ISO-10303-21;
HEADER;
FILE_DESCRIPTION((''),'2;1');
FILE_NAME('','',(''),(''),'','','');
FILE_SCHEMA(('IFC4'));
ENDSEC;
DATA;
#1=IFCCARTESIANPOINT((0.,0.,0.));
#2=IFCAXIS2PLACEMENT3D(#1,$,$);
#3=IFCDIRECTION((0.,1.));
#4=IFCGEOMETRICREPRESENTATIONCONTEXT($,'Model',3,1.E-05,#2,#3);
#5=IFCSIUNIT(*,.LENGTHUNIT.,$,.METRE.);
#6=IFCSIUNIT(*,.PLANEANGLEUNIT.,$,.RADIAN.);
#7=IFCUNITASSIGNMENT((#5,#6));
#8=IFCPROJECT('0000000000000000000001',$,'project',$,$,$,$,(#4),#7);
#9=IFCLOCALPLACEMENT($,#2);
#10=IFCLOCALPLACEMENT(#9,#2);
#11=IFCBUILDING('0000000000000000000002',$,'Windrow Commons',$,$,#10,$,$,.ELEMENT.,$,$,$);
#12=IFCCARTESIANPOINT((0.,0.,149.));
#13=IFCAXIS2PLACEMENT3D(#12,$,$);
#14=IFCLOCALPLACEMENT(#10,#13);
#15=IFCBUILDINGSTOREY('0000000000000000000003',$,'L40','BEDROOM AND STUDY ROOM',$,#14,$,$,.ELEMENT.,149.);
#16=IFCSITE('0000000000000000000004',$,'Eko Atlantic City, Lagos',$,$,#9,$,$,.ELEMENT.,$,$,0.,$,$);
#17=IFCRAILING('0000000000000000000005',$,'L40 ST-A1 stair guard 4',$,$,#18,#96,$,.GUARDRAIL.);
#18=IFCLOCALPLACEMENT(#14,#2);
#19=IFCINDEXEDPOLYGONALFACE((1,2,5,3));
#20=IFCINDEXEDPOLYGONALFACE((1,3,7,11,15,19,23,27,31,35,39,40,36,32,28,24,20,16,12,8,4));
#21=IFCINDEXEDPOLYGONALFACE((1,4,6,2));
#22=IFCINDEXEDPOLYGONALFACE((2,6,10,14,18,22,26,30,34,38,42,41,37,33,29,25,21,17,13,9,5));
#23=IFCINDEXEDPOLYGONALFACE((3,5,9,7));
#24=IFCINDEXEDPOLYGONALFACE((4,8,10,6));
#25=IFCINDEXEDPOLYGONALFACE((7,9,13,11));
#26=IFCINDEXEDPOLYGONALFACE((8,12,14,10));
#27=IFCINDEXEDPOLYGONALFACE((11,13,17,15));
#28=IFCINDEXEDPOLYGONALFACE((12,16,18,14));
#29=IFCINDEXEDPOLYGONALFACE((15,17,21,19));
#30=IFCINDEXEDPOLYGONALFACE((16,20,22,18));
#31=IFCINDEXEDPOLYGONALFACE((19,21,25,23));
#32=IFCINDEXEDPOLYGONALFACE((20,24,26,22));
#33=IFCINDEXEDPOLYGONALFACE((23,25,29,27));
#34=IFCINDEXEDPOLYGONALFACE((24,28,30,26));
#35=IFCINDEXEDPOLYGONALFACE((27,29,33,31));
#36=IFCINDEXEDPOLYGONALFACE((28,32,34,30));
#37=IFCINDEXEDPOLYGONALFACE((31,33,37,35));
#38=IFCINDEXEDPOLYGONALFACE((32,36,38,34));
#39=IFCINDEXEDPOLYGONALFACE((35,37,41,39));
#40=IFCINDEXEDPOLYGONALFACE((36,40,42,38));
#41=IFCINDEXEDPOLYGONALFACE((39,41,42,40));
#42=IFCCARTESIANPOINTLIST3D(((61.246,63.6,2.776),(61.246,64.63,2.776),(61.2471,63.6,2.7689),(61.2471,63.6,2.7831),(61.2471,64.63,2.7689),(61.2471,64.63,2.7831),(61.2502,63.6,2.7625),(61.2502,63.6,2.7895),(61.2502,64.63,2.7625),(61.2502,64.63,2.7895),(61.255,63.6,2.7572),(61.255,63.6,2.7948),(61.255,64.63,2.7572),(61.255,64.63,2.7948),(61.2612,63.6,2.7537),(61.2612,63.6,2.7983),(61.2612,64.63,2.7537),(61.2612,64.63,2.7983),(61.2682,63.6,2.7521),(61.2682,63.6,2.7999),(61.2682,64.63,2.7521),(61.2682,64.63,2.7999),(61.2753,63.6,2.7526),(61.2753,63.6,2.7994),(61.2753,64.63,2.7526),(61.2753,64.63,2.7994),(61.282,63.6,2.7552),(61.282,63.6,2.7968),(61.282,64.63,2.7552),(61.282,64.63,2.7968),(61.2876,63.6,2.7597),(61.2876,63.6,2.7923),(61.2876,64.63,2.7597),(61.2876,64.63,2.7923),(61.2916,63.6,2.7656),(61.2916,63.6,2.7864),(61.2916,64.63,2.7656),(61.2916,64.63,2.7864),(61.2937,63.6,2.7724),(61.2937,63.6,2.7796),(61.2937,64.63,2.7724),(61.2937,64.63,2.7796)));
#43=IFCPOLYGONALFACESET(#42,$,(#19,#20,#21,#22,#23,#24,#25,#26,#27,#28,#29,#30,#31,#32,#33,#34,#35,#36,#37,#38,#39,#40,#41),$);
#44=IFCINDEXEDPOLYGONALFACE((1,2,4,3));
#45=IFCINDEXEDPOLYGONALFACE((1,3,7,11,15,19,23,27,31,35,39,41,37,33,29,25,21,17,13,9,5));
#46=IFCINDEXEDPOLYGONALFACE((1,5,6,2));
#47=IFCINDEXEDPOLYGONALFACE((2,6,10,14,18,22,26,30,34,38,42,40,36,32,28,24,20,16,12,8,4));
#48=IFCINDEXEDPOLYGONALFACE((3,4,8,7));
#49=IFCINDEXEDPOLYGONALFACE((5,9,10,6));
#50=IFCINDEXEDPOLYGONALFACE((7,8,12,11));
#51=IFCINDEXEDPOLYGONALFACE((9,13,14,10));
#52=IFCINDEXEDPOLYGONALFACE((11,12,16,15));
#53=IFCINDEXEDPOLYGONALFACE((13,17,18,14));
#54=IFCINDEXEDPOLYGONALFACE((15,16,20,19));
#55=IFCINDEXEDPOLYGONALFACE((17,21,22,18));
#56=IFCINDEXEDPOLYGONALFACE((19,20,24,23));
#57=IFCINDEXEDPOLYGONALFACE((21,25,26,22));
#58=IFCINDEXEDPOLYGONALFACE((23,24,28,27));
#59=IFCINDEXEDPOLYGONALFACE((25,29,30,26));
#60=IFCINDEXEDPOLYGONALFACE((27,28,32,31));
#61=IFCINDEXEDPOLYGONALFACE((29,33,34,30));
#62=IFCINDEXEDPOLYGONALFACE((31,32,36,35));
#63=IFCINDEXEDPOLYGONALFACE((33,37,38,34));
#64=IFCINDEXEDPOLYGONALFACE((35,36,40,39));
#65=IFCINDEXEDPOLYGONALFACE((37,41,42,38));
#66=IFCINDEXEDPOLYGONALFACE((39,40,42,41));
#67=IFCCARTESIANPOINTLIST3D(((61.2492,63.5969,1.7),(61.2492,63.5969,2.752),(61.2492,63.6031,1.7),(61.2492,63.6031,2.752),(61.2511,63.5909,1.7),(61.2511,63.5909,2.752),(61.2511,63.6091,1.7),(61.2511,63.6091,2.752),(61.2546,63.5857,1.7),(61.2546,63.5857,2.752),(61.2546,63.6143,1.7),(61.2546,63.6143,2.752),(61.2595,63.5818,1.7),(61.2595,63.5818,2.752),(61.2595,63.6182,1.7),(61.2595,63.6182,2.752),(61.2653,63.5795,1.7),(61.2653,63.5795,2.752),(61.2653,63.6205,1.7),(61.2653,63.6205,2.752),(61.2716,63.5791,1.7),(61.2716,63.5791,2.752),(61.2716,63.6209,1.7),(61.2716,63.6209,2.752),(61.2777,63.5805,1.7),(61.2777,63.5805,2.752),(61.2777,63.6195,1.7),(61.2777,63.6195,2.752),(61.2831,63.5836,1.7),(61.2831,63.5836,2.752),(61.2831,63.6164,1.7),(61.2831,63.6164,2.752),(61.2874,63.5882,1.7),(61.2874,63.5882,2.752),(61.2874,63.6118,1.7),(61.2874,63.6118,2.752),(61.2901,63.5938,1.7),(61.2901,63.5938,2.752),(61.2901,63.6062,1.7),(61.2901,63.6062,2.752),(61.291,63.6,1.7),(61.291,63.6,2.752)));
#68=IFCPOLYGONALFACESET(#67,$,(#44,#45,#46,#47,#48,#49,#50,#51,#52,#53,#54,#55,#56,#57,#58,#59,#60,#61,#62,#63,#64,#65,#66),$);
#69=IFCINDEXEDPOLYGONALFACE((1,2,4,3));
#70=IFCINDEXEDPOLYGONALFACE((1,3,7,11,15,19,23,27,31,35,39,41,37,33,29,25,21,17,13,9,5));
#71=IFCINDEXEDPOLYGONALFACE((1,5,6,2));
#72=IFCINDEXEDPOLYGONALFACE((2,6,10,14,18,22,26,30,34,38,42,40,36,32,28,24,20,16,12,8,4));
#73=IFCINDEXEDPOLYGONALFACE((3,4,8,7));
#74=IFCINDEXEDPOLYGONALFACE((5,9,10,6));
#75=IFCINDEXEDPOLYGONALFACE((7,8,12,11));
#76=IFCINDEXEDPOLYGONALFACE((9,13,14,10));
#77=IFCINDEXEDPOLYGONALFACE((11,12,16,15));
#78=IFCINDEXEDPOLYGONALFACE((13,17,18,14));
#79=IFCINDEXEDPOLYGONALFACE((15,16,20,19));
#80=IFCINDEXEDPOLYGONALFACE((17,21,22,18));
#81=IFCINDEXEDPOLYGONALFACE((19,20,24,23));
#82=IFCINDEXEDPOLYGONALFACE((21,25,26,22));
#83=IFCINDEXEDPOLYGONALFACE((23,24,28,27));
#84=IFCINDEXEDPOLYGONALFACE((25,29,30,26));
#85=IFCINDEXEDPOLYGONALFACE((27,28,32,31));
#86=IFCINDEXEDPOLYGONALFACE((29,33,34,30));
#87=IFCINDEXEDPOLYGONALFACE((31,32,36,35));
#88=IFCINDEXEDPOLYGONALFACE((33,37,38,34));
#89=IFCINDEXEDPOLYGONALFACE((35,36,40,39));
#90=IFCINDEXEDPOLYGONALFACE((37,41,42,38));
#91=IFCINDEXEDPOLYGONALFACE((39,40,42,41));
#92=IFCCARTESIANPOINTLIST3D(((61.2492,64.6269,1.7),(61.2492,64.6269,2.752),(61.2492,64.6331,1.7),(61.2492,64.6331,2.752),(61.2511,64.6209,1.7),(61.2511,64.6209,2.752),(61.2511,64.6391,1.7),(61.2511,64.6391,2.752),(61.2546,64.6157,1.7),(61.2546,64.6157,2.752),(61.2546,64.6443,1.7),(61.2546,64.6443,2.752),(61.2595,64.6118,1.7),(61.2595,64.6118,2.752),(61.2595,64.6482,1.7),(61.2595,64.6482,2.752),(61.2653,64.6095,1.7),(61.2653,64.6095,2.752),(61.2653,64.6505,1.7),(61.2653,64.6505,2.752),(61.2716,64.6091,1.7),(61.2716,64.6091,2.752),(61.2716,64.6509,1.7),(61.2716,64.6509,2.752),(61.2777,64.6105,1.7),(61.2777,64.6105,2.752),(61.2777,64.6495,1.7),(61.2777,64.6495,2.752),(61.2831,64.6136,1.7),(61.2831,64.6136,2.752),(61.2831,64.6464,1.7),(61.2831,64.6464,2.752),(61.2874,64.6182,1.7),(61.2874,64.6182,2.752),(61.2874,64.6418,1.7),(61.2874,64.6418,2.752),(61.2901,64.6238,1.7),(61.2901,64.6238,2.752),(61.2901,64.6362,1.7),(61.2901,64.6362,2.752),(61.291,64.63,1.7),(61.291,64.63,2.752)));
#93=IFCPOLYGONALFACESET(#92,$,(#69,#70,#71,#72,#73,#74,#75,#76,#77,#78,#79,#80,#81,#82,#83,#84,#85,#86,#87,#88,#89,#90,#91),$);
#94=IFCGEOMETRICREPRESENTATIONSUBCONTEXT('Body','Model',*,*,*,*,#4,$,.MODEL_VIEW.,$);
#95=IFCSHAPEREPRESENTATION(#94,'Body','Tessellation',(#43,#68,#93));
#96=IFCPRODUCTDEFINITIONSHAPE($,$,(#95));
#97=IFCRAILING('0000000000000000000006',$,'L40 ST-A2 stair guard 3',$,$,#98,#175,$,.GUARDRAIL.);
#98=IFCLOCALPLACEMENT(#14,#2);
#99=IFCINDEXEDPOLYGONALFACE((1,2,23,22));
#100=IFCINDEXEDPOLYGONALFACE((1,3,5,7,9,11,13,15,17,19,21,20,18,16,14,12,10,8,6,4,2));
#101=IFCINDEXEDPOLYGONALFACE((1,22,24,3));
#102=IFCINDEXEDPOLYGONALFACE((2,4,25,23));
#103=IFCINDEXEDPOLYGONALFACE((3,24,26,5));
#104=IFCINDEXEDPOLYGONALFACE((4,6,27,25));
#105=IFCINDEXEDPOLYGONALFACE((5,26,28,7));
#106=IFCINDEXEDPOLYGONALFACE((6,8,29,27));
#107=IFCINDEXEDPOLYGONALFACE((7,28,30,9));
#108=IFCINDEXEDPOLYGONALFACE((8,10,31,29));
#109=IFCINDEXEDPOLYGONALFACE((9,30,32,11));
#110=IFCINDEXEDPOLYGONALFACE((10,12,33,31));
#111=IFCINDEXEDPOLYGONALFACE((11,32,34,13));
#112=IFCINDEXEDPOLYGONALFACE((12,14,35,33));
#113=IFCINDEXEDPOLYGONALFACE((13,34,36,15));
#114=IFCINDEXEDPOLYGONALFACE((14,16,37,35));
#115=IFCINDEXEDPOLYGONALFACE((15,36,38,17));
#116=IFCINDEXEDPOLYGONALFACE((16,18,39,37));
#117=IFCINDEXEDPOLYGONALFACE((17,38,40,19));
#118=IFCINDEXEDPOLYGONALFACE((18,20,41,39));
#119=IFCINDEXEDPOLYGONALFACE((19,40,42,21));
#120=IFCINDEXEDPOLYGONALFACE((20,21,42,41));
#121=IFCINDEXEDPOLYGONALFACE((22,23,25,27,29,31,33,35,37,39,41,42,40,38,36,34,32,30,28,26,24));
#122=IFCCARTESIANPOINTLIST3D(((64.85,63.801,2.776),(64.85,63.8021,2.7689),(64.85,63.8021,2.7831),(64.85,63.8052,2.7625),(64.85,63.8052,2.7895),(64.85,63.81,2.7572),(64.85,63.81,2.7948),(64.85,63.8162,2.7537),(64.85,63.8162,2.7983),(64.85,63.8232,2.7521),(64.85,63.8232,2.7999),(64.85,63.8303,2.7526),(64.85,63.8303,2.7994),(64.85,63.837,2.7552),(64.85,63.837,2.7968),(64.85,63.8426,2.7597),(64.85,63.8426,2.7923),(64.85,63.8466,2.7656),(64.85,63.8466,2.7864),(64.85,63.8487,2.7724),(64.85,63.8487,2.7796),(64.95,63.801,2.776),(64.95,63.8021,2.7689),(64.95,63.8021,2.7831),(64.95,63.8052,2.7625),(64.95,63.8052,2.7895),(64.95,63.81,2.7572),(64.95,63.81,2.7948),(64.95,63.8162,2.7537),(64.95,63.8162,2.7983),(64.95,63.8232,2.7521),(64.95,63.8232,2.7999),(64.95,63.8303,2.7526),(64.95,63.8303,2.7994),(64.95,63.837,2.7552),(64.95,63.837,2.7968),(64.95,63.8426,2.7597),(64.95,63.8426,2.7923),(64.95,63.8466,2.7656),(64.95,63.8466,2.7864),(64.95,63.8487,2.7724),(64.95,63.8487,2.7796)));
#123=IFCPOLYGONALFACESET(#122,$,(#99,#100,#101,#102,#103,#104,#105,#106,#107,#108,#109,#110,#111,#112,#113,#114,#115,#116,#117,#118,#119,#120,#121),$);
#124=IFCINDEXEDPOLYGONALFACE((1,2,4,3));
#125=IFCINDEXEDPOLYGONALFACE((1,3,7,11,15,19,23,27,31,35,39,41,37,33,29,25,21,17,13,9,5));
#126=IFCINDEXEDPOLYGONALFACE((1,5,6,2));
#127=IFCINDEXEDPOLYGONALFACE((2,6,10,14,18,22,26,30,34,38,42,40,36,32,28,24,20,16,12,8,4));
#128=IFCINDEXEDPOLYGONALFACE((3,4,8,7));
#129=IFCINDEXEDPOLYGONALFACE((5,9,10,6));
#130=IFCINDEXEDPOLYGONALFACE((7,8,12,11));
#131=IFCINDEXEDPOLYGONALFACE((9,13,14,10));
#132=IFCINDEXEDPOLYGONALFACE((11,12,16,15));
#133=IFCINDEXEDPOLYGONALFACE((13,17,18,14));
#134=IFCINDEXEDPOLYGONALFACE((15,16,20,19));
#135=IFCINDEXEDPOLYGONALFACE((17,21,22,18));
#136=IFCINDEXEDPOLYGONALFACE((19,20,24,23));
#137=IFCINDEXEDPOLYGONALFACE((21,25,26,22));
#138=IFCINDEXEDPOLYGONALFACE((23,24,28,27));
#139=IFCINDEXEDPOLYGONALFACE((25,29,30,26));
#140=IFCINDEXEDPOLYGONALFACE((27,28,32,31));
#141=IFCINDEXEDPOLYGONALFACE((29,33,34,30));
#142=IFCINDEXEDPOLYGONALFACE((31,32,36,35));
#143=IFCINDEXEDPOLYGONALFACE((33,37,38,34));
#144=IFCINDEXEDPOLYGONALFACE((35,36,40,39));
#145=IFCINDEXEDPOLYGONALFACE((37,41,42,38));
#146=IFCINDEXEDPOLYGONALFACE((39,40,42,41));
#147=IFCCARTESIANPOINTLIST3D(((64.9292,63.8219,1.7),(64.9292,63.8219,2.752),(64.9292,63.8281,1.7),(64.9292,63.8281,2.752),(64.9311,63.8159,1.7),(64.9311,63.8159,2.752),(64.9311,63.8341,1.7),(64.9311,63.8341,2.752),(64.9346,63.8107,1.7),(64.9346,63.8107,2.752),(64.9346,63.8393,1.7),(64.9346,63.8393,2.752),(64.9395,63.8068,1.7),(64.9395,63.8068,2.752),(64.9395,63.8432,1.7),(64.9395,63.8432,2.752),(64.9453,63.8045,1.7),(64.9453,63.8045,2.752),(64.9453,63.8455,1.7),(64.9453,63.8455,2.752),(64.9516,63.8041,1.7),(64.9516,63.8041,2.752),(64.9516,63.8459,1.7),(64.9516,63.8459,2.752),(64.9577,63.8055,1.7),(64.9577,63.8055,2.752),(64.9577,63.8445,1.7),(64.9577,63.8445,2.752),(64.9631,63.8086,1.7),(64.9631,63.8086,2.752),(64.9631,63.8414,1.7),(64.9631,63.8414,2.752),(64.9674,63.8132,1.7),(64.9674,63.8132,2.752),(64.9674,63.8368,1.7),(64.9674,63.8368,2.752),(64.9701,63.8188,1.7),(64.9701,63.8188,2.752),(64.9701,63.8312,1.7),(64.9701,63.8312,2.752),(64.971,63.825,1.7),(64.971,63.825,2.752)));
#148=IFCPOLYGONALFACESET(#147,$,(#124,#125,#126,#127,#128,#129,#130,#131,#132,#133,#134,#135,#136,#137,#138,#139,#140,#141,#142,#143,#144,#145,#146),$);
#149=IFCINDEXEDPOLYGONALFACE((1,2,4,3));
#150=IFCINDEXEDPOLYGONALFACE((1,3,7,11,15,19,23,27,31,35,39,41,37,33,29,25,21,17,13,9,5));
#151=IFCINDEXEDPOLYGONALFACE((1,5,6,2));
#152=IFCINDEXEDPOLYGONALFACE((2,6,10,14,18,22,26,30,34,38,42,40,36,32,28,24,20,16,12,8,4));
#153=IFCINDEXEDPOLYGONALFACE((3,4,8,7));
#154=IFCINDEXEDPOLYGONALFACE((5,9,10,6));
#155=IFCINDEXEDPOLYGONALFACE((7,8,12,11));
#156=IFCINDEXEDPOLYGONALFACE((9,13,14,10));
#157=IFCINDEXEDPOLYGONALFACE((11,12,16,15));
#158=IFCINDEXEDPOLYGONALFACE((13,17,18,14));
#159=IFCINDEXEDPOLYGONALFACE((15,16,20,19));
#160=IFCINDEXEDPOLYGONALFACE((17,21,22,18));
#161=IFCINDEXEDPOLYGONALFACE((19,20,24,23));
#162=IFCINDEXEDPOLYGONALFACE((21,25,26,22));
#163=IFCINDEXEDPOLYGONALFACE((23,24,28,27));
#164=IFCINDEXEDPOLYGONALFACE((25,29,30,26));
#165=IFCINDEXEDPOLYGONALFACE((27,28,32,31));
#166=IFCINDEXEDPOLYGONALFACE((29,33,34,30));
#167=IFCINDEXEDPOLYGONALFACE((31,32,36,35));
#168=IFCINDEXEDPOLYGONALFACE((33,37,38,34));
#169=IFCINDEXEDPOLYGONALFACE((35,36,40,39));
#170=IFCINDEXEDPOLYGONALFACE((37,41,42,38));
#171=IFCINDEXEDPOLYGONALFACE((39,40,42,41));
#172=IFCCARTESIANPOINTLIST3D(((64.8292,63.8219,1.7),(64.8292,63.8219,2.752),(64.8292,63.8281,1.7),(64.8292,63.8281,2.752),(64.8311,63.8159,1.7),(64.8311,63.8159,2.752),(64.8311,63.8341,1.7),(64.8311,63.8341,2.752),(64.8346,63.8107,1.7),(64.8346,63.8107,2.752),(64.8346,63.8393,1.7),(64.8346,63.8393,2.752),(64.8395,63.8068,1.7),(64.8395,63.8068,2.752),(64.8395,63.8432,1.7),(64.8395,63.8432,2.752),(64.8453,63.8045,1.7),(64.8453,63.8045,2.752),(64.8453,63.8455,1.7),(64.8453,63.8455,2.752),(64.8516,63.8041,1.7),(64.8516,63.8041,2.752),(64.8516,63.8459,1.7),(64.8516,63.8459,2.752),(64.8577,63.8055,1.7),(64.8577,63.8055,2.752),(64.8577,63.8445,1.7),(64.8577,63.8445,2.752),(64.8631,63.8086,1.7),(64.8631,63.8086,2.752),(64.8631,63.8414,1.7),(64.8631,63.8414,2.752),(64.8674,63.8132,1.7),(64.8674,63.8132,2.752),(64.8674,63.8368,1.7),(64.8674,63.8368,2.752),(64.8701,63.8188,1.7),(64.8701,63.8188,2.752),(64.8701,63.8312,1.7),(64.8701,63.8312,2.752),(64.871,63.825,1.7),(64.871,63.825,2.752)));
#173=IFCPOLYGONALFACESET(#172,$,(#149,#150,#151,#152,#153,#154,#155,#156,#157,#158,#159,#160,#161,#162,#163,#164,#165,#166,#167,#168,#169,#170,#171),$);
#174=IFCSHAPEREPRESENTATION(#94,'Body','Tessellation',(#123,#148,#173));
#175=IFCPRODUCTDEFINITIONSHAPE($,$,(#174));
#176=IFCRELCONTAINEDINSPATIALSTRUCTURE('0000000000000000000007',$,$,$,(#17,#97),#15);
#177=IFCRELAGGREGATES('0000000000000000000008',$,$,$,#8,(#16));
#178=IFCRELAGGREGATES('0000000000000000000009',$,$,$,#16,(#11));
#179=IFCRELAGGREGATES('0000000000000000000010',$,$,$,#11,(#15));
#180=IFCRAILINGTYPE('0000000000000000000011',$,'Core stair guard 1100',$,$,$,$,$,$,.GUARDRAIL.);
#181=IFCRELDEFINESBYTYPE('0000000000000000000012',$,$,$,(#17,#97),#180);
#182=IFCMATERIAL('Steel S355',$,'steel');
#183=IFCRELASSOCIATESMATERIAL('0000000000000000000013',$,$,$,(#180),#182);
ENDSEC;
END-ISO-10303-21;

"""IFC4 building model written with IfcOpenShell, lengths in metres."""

from ifc_helpers import new_model, si_unit, direction, frame, origin, origin_2d, place, context, subcontext, project, spatial, circle, extrude, material, type_object, element, save


model = new_model("IFC4")

# Units and contexts
model_context = context("Model", 3, precision=1e-05, world=origin(), true_north=direction((0.0, 1.0)))
body_context = subcontext(model_context, "Body", "Model", "MODEL_VIEW")
ifc_project = project(units=[si_unit("LENGTHUNIT", "METRE"), si_unit("PLANEANGLEUNIT", "RADIAN")], contexts=[model_context])

# Site, building, storey
site_placement = place(None, origin())
site = spatial("IfcSite", under=ifc_project, at=site_placement, Name="Eko Atlantic City, Lagos", CompositionType="ELEMENT", RefElevation=0.0)
building_placement = place(site_placement, origin())
building = spatial("IfcBuilding", under=site, at=building_placement, Name="Windrow Commons", CompositionType="ELEMENT")
storey_placement = place(building_placement, frame((0.0, 0.0, 149.0)))
storey = spatial("IfcBuildingStorey", under=building, at=storey_placement, Name="L40", Description="BEDROOM AND STUDY ROOM", CompositionType="ELEMENT", Elevation=149.0)

# Railings
ifc_material_1 = material(Name="Steel S355", Category="steel")
railing_type_1 = type_object("IfcRailingType", Name="Core stair guard 1100", PredefinedType="GUARDRAIL", material=ifc_material_1)
for number, where, name in (
    (1, (61.27, 63.6, 1.7), "L40 ST-A1 stair guard 4"),
):
    element("IfcRailing", number, at=place(storey_placement, frame(where)), inside=storey, type_object=railing_type_1, Name=name, PredefinedType="GUARDRAIL", context=body_context, shape_type="SweptSolid", body=[
        extrude(circle(Radius=0.024, at=origin_2d()), frame((0.0, 0.0, 1.076), z_axis=(0.0, 1.0, 0.0), x_axis=(-1.0, 0.0, 0.0)), (0.0, 0.0, 1.0), 1.03),
        extrude(circle(Radius=0.021, at=origin_2d()), origin(), (0.0, 0.0, 1.0), 1.052),
        extrude(circle(Radius=0.021, at=origin_2d()), frame((0.0, 1.03, 0.0)), (0.0, 0.0, 1.0), 1.052),
    ])
railing_1_placement = place(storey_placement, frame((64.95, 63.825, 1.7)))
element("IfcRailing", 2, at=railing_1_placement, inside=storey, type_object=railing_type_1, Name="L40 ST-A2 stair guard 3", PredefinedType="GUARDRAIL", context=body_context, shape_type="SweptSolid", body=[
    extrude(circle(Radius=0.024, at=origin_2d()), frame((0.0, 0.0, 1.076), z_axis=(-1.0, 0.0, 0.0), x_axis=(0.0, -1.0, 0.0)), (0.0, 0.0, 1.0), 0.1),
    extrude(circle(Radius=0.021, at=origin_2d()), origin(), (0.0, 0.0, 1.0), 1.052),
    extrude(circle(Radius=0.021, at=origin_2d()), frame((-0.1, 0.0, 0.0)), (0.0, 0.0, 1.0), 1.052),
])

save(model, "model.ifc")
